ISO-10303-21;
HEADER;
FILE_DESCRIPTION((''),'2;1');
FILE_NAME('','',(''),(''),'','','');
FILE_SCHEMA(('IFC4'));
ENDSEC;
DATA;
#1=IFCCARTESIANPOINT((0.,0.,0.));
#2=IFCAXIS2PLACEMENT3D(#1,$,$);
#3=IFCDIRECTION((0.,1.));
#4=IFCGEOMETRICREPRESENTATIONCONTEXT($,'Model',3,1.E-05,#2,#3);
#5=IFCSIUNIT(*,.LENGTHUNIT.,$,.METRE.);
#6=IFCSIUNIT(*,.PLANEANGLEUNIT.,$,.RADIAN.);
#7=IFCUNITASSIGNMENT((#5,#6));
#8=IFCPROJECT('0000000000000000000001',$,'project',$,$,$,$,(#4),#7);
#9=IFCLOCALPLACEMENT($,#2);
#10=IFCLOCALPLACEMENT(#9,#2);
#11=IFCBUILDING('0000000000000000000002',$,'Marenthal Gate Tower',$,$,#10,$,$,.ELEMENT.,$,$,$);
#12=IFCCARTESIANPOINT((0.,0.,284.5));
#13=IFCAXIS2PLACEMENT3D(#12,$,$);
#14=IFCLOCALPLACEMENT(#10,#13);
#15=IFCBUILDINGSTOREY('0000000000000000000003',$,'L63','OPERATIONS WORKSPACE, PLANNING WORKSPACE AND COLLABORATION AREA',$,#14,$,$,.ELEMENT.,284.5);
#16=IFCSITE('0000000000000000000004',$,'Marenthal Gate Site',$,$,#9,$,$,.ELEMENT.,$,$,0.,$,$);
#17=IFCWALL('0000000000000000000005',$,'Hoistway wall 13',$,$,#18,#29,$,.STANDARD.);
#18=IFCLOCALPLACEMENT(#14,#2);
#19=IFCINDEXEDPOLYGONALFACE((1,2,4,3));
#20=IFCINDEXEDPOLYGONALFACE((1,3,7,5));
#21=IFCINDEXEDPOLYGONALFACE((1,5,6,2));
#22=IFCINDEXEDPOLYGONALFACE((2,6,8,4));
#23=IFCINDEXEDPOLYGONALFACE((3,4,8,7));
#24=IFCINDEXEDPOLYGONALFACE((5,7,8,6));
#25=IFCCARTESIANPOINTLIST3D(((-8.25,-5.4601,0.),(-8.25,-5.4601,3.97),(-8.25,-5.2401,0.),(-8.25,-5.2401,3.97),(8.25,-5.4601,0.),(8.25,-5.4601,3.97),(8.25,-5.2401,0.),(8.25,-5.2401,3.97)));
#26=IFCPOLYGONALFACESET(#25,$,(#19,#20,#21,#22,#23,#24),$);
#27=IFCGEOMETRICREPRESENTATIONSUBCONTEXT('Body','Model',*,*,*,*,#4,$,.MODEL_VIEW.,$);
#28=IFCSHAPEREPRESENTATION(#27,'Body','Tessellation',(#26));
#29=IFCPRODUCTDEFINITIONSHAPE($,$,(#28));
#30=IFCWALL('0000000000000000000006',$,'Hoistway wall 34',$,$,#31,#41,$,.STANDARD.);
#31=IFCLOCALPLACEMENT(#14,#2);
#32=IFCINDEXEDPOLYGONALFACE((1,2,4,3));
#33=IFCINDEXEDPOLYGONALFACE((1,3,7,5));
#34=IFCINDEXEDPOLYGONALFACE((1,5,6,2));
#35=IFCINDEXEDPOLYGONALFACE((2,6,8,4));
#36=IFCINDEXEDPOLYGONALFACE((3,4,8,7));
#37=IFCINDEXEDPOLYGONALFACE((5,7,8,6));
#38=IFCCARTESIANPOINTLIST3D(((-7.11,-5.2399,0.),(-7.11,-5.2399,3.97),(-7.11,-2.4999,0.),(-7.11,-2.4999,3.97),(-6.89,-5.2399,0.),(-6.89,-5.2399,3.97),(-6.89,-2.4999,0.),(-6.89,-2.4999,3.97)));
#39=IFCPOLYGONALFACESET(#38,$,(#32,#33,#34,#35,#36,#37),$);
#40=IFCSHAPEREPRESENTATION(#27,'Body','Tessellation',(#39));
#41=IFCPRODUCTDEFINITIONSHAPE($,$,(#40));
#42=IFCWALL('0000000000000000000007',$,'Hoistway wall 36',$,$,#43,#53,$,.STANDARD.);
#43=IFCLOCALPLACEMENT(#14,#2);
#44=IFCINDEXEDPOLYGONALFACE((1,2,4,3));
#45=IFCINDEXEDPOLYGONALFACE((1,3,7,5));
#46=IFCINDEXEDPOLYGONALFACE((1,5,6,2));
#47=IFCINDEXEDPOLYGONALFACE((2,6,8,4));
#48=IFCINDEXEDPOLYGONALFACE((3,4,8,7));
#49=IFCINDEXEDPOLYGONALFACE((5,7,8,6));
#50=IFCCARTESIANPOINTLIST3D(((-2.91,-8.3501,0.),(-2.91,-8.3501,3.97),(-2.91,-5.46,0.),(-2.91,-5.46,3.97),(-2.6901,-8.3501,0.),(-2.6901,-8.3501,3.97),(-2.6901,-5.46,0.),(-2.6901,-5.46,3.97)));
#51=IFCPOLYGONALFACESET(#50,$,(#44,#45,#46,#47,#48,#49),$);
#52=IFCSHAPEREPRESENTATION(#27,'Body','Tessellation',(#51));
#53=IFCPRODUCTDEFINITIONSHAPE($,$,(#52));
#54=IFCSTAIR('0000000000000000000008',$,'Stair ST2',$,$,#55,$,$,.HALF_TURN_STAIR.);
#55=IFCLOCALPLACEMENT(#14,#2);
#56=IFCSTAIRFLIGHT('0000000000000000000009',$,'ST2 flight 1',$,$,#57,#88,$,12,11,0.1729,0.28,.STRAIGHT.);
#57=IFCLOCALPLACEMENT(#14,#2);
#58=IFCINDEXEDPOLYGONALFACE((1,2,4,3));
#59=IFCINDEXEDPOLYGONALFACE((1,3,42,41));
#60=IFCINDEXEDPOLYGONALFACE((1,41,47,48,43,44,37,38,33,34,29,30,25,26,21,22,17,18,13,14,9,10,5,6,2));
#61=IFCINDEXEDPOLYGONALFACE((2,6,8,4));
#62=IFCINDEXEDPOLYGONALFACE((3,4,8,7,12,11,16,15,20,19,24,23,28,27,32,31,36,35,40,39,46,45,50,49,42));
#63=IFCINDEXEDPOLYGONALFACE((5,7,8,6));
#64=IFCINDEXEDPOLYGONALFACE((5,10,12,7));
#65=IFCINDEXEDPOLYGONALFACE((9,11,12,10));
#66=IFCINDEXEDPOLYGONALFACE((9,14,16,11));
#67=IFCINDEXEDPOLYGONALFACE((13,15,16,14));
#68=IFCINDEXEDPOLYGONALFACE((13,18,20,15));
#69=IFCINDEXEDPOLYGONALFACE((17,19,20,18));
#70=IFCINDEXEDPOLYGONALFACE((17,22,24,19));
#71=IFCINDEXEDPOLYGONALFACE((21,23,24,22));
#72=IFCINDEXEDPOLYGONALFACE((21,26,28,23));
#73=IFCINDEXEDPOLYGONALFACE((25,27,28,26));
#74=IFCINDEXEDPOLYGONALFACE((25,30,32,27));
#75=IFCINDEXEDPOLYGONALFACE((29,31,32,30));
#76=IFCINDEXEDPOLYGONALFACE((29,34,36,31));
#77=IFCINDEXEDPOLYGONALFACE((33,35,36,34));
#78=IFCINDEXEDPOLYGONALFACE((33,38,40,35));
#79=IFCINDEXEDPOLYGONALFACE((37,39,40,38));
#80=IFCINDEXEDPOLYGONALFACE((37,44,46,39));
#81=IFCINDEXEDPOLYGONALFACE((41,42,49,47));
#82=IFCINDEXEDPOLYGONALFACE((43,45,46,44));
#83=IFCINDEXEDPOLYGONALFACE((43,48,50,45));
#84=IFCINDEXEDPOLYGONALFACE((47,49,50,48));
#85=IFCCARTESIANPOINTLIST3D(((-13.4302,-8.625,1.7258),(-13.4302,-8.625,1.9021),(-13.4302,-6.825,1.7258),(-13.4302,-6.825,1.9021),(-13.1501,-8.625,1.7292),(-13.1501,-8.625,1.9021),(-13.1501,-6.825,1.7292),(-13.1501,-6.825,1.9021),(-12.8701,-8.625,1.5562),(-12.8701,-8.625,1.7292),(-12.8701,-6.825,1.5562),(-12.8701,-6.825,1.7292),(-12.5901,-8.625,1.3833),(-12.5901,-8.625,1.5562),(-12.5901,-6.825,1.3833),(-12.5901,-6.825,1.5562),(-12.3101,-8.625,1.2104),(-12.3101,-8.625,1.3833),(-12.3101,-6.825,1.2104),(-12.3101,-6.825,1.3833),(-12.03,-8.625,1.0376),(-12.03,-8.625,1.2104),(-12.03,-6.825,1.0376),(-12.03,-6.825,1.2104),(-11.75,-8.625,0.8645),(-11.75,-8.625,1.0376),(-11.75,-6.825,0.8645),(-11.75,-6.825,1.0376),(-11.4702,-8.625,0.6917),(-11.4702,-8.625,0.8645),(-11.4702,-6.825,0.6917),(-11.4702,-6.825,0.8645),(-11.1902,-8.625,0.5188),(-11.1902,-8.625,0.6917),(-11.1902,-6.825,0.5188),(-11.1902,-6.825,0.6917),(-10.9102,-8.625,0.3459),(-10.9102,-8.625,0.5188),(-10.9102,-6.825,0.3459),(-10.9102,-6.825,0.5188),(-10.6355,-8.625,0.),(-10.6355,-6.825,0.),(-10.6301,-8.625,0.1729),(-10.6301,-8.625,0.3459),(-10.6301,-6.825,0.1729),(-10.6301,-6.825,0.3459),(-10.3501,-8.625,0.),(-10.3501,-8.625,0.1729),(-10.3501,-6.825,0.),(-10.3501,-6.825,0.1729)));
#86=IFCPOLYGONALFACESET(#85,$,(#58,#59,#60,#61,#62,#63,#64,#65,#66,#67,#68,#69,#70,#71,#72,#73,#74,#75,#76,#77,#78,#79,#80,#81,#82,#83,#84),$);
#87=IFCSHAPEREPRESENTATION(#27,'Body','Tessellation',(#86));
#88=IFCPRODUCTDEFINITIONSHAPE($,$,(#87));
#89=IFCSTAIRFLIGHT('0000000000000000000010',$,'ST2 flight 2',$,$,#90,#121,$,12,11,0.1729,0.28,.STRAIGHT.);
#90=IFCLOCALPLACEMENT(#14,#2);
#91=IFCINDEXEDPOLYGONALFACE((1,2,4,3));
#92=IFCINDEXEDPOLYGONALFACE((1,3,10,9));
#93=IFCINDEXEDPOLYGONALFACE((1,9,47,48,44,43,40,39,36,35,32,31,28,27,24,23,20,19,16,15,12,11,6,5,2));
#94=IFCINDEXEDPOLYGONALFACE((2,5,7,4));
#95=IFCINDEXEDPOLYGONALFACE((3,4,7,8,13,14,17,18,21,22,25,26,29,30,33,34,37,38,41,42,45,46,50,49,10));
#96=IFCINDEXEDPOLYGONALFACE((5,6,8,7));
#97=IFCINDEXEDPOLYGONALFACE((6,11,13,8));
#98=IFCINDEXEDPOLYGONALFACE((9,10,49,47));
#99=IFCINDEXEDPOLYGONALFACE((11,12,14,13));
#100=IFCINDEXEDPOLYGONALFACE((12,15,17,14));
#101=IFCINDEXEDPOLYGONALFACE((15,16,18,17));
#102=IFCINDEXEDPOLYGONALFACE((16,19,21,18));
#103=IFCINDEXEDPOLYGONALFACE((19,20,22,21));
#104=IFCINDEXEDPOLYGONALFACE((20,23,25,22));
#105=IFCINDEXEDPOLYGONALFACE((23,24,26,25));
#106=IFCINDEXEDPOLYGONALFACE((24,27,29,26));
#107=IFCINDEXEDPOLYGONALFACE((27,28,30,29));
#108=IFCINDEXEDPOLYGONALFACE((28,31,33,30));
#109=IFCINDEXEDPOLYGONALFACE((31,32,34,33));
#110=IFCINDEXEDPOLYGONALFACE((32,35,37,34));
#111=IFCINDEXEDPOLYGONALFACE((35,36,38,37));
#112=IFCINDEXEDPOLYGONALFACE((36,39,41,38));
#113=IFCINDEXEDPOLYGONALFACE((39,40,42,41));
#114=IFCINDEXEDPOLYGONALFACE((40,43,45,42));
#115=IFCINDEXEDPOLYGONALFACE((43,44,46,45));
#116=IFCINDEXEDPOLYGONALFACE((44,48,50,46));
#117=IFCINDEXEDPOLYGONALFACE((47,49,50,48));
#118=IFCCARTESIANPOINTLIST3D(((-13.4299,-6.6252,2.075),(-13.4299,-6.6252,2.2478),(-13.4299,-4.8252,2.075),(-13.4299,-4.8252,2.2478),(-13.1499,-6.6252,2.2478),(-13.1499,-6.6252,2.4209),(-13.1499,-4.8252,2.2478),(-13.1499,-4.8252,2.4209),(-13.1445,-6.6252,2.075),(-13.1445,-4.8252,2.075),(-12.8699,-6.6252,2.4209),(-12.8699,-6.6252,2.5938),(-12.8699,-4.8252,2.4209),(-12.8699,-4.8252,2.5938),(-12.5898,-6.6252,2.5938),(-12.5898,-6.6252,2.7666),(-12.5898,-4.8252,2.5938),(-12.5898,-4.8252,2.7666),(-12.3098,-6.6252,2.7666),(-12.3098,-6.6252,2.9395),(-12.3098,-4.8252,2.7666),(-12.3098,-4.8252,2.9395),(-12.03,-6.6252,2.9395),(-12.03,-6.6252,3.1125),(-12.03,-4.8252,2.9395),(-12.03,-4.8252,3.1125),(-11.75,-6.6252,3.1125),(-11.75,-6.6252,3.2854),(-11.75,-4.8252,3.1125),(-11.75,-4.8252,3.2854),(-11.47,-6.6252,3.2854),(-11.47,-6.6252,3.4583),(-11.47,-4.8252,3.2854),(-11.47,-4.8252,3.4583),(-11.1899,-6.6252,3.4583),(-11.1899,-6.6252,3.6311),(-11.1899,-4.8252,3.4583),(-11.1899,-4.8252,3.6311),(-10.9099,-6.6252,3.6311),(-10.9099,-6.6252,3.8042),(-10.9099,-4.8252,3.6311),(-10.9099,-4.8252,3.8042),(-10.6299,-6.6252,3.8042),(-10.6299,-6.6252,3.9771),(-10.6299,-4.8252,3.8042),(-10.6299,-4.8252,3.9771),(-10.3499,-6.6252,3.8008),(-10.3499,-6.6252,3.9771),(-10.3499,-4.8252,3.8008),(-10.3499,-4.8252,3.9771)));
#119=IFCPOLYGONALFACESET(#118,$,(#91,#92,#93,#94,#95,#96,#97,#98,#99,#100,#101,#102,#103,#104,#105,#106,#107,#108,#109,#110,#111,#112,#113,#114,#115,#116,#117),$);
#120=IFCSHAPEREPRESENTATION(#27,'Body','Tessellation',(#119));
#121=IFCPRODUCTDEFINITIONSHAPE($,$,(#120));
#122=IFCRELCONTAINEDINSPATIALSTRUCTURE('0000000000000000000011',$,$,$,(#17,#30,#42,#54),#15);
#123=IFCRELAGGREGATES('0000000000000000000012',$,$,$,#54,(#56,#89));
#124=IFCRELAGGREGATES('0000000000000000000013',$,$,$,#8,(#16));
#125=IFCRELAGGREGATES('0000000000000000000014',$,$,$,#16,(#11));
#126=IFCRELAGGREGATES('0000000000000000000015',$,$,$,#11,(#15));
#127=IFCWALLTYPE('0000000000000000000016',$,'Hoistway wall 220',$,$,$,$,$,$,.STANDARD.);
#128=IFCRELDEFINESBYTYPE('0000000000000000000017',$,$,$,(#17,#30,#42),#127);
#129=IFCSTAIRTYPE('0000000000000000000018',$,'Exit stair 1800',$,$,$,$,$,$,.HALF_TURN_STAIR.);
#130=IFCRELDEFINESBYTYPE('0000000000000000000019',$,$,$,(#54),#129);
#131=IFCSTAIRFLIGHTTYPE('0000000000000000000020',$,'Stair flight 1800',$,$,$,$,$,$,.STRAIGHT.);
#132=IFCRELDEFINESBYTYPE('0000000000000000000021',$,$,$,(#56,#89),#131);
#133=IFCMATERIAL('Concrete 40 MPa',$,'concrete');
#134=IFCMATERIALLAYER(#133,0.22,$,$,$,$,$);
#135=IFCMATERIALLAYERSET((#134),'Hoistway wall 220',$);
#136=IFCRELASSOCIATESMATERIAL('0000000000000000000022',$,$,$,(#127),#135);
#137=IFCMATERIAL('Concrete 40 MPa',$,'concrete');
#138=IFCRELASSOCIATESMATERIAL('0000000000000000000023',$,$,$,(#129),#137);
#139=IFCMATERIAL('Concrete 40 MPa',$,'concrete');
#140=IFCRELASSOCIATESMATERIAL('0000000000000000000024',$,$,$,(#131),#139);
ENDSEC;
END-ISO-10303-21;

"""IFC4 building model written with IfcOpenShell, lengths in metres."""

from ifc_helpers import new_model, si_unit, direction, frame, frame_2d, origin, place, context, subcontext, project, spatial, polyline, rectangle, outline, extrude, material, layer, layer_set, type_object, element, aggregate, save


model = new_model("IFC4")

# Units and contexts
model_context = context("Model", 3, precision=1e-05, world=origin(), true_north=direction((0.0, 1.0)))
body_context = subcontext(model_context, "Body", "Model", "MODEL_VIEW")
ifc_project = project(units=[si_unit("LENGTHUNIT", "METRE"), si_unit("PLANEANGLEUNIT", "RADIAN")], contexts=[model_context])

# Site, building, storey
site_placement = place(None, origin())
site = spatial("IfcSite", under=ifc_project, at=site_placement, Name="Marenthal Gate Site", CompositionType="ELEMENT", RefElevation=0.0)
building_placement = place(site_placement, origin())
building = spatial("IfcBuilding", under=site, at=building_placement, Name="Marenthal Gate Tower", CompositionType="ELEMENT")
storey_placement = place(building_placement, frame((0.0, 0.0, 284.5)))
storey = spatial("IfcBuildingStorey", under=building, at=storey_placement, Name="L63", Description="OPERATIONS WORKSPACE, PLANNING WORKSPACE AND COLLABORATION AREA", CompositionType="ELEMENT", Elevation=284.5)

# Shared definitions
ifc_material_1 = material(Name="Concrete 40 MPa", Category="concrete")
ifc_layer_1 = layer(ifc_material_1, 0.22)
ifc_layer_set_1 = layer_set([ifc_layer_1], Name="Hoistway wall 220")
wall_type_1 = type_object("IfcWallType", Name="Hoistway wall 220", PredefinedType="STANDARD", material=ifc_layer_set_1)

# Walls
wall_1_placement = place(storey_placement, frame((-8.25, -5.3501, 0.0), z_axis=(0.0, 0.0, 1.0), x_axis=(1.0, 0.0, 0.0)))
element("IfcWall", 1, at=wall_1_placement, inside=storey, type_object=wall_type_1, Name="Hoistway wall 13", PredefinedType="STANDARD", context=body_context, shape_type="SweptSolid", body=[
    extrude(rectangle(XDim=16.5, YDim=0.22, at=frame_2d((8.25, 0.0))), origin(), (0.0, 0.0, 1.0), 3.97),
])
wall_2_placement = place(storey_placement, frame((-7.0, -5.24, 0.0), z_axis=(0.0, 0.0, 1.0), x_axis=(0.0, 1.0, 0.0)))
element("IfcWall", 2, at=wall_2_placement, inside=storey, type_object=wall_type_1, Name="Hoistway wall 34", PredefinedType="STANDARD", context=body_context, shape_type="SweptSolid", body=[
    extrude(rectangle(XDim=2.74, YDim=0.22, at=frame_2d((1.3701, 0.0))), origin(), (0.0, 0.0, 1.0), 3.97),
])
wall_3_placement = place(storey_placement, frame((-2.8, -8.3501, 0.0), z_axis=(0.0, 0.0, 1.0), x_axis=(0.0, 1.0, 0.0)))
element("IfcWall", 3, at=wall_3_placement, inside=storey, type_object=wall_type_1, Name="Hoistway wall 36", PredefinedType="STANDARD", context=body_context, shape_type="SweptSolid", body=[
    extrude(rectangle(XDim=2.8901, YDim=0.22, at=frame_2d((1.4451, 0.0))), origin(), (0.0, 0.0, 1.0), 3.97),
])

# Stair, stair flights
ifc_material_2 = material(Name="Concrete 40 MPa", Category="concrete")
stair_type = type_object("IfcStairType", Name="Exit stair 1800", PredefinedType="HALF_TURN_STAIR", material=ifc_material_2)
stair_placement = place(storey_placement, origin())
stair = element("IfcStair", 4, at=stair_placement, inside=storey, type_object=stair_type, Name="Stair ST2", PredefinedType="HALF_TURN_STAIR")
ifc_material_3 = material(Name="Concrete 40 MPa", Category="concrete")
stair_flight_type = type_object("IfcStairFlightType", Name="Stair flight 1800", PredefinedType="STRAIGHT", material=ifc_material_3)
stair_flight_1_placement = place(storey_placement, frame((-10.3501, -7.7251, 0.0), z_axis=(0.0, 0.0, 1.0), x_axis=(-1.0, 0.0, 0.0)))
stair_flight_1 = element("IfcStairFlight", 5, at=stair_flight_1_placement, type_object=stair_flight_type, Name="ST2 flight 1", NumberOfRisers=12, NumberOfTreads=11, PredefinedType="STRAIGHT", RiserHeight=0.1729, TreadLength=0.28, context=body_context, shape_type="SweptSolid", body=[
    extrude(outline(polyline([(0.0, 0.0), (0.0, 0.1729), (0.28, 0.1729), (0.28, 0.3459), (0.5601, 0.3459), (0.5601, 0.5188), (0.8401, 0.5188), (0.8401, 0.6917), (1.1201, 0.6917), (1.1201, 0.8645), (1.3999, 0.8645), (1.3999, 1.0376), (1.6799, 1.0376), (1.6799, 1.2104), (1.96, 1.2104), (1.96, 1.3833), (2.24, 1.3833), (2.24, 1.5562), (2.52, 1.5562), (2.52, 1.7292), (2.8, 1.7292), (2.8, 1.9021), (3.0801, 1.9021), (3.0801, 2.075), (3.0801, 1.7258), (0.2854, 0.0), (0.0, 0.0)])), frame((0.0, 0.8999, 0.0), z_axis=(0.0, -1.0, 0.0), x_axis=(1.0, 0.0, 0.0)), (0.0, 0.0, 1.0), 1.8),
])
stair_flight_2_placement = place(storey_placement, frame((-13.4299, -5.7251, 2.075), z_axis=(0.0, 0.0, 1.0), x_axis=(1.0, 0.0, 0.0)))
stair_flight_2 = element("IfcStairFlight", 6, at=stair_flight_2_placement, type_object=stair_flight_type, Name="ST2 flight 2", NumberOfRisers=12, NumberOfTreads=11, PredefinedType="STRAIGHT", RiserHeight=0.1729, TreadLength=0.28, context=body_context, shape_type="SweptSolid", body=[
    extrude(outline(polyline([(0.0, 0.0), (0.0, 0.1729), (0.28, 0.1729), (0.28, 0.3459), (0.5601, 0.3459), (0.5601, 0.5188), (0.8401, 0.5188), (0.8401, 0.6917), (1.1201, 0.6917), (1.1201, 0.8645), (1.3999, 0.8645), (1.3999, 1.0376), (1.6799, 1.0376), (1.6799, 1.2104), (1.96, 1.2104), (1.96, 1.3833), (2.24, 1.3833), (2.24, 1.5562), (2.52, 1.5562), (2.52, 1.7292), (2.8, 1.7292), (2.8, 1.9021), (3.0801, 1.9021), (3.0801, 2.075), (3.0801, 1.7258), (0.2854, 0.0), (0.0, 0.0)])), frame((0.0, 0.8999, 0.0), z_axis=(0.0, -1.0, 0.0), x_axis=(1.0, 0.0, 0.0)), (0.0, 0.0, 1.0), 1.8),
])
aggregate(stair, [stair_flight_1, stair_flight_2])

save(model, "model.ifc")
